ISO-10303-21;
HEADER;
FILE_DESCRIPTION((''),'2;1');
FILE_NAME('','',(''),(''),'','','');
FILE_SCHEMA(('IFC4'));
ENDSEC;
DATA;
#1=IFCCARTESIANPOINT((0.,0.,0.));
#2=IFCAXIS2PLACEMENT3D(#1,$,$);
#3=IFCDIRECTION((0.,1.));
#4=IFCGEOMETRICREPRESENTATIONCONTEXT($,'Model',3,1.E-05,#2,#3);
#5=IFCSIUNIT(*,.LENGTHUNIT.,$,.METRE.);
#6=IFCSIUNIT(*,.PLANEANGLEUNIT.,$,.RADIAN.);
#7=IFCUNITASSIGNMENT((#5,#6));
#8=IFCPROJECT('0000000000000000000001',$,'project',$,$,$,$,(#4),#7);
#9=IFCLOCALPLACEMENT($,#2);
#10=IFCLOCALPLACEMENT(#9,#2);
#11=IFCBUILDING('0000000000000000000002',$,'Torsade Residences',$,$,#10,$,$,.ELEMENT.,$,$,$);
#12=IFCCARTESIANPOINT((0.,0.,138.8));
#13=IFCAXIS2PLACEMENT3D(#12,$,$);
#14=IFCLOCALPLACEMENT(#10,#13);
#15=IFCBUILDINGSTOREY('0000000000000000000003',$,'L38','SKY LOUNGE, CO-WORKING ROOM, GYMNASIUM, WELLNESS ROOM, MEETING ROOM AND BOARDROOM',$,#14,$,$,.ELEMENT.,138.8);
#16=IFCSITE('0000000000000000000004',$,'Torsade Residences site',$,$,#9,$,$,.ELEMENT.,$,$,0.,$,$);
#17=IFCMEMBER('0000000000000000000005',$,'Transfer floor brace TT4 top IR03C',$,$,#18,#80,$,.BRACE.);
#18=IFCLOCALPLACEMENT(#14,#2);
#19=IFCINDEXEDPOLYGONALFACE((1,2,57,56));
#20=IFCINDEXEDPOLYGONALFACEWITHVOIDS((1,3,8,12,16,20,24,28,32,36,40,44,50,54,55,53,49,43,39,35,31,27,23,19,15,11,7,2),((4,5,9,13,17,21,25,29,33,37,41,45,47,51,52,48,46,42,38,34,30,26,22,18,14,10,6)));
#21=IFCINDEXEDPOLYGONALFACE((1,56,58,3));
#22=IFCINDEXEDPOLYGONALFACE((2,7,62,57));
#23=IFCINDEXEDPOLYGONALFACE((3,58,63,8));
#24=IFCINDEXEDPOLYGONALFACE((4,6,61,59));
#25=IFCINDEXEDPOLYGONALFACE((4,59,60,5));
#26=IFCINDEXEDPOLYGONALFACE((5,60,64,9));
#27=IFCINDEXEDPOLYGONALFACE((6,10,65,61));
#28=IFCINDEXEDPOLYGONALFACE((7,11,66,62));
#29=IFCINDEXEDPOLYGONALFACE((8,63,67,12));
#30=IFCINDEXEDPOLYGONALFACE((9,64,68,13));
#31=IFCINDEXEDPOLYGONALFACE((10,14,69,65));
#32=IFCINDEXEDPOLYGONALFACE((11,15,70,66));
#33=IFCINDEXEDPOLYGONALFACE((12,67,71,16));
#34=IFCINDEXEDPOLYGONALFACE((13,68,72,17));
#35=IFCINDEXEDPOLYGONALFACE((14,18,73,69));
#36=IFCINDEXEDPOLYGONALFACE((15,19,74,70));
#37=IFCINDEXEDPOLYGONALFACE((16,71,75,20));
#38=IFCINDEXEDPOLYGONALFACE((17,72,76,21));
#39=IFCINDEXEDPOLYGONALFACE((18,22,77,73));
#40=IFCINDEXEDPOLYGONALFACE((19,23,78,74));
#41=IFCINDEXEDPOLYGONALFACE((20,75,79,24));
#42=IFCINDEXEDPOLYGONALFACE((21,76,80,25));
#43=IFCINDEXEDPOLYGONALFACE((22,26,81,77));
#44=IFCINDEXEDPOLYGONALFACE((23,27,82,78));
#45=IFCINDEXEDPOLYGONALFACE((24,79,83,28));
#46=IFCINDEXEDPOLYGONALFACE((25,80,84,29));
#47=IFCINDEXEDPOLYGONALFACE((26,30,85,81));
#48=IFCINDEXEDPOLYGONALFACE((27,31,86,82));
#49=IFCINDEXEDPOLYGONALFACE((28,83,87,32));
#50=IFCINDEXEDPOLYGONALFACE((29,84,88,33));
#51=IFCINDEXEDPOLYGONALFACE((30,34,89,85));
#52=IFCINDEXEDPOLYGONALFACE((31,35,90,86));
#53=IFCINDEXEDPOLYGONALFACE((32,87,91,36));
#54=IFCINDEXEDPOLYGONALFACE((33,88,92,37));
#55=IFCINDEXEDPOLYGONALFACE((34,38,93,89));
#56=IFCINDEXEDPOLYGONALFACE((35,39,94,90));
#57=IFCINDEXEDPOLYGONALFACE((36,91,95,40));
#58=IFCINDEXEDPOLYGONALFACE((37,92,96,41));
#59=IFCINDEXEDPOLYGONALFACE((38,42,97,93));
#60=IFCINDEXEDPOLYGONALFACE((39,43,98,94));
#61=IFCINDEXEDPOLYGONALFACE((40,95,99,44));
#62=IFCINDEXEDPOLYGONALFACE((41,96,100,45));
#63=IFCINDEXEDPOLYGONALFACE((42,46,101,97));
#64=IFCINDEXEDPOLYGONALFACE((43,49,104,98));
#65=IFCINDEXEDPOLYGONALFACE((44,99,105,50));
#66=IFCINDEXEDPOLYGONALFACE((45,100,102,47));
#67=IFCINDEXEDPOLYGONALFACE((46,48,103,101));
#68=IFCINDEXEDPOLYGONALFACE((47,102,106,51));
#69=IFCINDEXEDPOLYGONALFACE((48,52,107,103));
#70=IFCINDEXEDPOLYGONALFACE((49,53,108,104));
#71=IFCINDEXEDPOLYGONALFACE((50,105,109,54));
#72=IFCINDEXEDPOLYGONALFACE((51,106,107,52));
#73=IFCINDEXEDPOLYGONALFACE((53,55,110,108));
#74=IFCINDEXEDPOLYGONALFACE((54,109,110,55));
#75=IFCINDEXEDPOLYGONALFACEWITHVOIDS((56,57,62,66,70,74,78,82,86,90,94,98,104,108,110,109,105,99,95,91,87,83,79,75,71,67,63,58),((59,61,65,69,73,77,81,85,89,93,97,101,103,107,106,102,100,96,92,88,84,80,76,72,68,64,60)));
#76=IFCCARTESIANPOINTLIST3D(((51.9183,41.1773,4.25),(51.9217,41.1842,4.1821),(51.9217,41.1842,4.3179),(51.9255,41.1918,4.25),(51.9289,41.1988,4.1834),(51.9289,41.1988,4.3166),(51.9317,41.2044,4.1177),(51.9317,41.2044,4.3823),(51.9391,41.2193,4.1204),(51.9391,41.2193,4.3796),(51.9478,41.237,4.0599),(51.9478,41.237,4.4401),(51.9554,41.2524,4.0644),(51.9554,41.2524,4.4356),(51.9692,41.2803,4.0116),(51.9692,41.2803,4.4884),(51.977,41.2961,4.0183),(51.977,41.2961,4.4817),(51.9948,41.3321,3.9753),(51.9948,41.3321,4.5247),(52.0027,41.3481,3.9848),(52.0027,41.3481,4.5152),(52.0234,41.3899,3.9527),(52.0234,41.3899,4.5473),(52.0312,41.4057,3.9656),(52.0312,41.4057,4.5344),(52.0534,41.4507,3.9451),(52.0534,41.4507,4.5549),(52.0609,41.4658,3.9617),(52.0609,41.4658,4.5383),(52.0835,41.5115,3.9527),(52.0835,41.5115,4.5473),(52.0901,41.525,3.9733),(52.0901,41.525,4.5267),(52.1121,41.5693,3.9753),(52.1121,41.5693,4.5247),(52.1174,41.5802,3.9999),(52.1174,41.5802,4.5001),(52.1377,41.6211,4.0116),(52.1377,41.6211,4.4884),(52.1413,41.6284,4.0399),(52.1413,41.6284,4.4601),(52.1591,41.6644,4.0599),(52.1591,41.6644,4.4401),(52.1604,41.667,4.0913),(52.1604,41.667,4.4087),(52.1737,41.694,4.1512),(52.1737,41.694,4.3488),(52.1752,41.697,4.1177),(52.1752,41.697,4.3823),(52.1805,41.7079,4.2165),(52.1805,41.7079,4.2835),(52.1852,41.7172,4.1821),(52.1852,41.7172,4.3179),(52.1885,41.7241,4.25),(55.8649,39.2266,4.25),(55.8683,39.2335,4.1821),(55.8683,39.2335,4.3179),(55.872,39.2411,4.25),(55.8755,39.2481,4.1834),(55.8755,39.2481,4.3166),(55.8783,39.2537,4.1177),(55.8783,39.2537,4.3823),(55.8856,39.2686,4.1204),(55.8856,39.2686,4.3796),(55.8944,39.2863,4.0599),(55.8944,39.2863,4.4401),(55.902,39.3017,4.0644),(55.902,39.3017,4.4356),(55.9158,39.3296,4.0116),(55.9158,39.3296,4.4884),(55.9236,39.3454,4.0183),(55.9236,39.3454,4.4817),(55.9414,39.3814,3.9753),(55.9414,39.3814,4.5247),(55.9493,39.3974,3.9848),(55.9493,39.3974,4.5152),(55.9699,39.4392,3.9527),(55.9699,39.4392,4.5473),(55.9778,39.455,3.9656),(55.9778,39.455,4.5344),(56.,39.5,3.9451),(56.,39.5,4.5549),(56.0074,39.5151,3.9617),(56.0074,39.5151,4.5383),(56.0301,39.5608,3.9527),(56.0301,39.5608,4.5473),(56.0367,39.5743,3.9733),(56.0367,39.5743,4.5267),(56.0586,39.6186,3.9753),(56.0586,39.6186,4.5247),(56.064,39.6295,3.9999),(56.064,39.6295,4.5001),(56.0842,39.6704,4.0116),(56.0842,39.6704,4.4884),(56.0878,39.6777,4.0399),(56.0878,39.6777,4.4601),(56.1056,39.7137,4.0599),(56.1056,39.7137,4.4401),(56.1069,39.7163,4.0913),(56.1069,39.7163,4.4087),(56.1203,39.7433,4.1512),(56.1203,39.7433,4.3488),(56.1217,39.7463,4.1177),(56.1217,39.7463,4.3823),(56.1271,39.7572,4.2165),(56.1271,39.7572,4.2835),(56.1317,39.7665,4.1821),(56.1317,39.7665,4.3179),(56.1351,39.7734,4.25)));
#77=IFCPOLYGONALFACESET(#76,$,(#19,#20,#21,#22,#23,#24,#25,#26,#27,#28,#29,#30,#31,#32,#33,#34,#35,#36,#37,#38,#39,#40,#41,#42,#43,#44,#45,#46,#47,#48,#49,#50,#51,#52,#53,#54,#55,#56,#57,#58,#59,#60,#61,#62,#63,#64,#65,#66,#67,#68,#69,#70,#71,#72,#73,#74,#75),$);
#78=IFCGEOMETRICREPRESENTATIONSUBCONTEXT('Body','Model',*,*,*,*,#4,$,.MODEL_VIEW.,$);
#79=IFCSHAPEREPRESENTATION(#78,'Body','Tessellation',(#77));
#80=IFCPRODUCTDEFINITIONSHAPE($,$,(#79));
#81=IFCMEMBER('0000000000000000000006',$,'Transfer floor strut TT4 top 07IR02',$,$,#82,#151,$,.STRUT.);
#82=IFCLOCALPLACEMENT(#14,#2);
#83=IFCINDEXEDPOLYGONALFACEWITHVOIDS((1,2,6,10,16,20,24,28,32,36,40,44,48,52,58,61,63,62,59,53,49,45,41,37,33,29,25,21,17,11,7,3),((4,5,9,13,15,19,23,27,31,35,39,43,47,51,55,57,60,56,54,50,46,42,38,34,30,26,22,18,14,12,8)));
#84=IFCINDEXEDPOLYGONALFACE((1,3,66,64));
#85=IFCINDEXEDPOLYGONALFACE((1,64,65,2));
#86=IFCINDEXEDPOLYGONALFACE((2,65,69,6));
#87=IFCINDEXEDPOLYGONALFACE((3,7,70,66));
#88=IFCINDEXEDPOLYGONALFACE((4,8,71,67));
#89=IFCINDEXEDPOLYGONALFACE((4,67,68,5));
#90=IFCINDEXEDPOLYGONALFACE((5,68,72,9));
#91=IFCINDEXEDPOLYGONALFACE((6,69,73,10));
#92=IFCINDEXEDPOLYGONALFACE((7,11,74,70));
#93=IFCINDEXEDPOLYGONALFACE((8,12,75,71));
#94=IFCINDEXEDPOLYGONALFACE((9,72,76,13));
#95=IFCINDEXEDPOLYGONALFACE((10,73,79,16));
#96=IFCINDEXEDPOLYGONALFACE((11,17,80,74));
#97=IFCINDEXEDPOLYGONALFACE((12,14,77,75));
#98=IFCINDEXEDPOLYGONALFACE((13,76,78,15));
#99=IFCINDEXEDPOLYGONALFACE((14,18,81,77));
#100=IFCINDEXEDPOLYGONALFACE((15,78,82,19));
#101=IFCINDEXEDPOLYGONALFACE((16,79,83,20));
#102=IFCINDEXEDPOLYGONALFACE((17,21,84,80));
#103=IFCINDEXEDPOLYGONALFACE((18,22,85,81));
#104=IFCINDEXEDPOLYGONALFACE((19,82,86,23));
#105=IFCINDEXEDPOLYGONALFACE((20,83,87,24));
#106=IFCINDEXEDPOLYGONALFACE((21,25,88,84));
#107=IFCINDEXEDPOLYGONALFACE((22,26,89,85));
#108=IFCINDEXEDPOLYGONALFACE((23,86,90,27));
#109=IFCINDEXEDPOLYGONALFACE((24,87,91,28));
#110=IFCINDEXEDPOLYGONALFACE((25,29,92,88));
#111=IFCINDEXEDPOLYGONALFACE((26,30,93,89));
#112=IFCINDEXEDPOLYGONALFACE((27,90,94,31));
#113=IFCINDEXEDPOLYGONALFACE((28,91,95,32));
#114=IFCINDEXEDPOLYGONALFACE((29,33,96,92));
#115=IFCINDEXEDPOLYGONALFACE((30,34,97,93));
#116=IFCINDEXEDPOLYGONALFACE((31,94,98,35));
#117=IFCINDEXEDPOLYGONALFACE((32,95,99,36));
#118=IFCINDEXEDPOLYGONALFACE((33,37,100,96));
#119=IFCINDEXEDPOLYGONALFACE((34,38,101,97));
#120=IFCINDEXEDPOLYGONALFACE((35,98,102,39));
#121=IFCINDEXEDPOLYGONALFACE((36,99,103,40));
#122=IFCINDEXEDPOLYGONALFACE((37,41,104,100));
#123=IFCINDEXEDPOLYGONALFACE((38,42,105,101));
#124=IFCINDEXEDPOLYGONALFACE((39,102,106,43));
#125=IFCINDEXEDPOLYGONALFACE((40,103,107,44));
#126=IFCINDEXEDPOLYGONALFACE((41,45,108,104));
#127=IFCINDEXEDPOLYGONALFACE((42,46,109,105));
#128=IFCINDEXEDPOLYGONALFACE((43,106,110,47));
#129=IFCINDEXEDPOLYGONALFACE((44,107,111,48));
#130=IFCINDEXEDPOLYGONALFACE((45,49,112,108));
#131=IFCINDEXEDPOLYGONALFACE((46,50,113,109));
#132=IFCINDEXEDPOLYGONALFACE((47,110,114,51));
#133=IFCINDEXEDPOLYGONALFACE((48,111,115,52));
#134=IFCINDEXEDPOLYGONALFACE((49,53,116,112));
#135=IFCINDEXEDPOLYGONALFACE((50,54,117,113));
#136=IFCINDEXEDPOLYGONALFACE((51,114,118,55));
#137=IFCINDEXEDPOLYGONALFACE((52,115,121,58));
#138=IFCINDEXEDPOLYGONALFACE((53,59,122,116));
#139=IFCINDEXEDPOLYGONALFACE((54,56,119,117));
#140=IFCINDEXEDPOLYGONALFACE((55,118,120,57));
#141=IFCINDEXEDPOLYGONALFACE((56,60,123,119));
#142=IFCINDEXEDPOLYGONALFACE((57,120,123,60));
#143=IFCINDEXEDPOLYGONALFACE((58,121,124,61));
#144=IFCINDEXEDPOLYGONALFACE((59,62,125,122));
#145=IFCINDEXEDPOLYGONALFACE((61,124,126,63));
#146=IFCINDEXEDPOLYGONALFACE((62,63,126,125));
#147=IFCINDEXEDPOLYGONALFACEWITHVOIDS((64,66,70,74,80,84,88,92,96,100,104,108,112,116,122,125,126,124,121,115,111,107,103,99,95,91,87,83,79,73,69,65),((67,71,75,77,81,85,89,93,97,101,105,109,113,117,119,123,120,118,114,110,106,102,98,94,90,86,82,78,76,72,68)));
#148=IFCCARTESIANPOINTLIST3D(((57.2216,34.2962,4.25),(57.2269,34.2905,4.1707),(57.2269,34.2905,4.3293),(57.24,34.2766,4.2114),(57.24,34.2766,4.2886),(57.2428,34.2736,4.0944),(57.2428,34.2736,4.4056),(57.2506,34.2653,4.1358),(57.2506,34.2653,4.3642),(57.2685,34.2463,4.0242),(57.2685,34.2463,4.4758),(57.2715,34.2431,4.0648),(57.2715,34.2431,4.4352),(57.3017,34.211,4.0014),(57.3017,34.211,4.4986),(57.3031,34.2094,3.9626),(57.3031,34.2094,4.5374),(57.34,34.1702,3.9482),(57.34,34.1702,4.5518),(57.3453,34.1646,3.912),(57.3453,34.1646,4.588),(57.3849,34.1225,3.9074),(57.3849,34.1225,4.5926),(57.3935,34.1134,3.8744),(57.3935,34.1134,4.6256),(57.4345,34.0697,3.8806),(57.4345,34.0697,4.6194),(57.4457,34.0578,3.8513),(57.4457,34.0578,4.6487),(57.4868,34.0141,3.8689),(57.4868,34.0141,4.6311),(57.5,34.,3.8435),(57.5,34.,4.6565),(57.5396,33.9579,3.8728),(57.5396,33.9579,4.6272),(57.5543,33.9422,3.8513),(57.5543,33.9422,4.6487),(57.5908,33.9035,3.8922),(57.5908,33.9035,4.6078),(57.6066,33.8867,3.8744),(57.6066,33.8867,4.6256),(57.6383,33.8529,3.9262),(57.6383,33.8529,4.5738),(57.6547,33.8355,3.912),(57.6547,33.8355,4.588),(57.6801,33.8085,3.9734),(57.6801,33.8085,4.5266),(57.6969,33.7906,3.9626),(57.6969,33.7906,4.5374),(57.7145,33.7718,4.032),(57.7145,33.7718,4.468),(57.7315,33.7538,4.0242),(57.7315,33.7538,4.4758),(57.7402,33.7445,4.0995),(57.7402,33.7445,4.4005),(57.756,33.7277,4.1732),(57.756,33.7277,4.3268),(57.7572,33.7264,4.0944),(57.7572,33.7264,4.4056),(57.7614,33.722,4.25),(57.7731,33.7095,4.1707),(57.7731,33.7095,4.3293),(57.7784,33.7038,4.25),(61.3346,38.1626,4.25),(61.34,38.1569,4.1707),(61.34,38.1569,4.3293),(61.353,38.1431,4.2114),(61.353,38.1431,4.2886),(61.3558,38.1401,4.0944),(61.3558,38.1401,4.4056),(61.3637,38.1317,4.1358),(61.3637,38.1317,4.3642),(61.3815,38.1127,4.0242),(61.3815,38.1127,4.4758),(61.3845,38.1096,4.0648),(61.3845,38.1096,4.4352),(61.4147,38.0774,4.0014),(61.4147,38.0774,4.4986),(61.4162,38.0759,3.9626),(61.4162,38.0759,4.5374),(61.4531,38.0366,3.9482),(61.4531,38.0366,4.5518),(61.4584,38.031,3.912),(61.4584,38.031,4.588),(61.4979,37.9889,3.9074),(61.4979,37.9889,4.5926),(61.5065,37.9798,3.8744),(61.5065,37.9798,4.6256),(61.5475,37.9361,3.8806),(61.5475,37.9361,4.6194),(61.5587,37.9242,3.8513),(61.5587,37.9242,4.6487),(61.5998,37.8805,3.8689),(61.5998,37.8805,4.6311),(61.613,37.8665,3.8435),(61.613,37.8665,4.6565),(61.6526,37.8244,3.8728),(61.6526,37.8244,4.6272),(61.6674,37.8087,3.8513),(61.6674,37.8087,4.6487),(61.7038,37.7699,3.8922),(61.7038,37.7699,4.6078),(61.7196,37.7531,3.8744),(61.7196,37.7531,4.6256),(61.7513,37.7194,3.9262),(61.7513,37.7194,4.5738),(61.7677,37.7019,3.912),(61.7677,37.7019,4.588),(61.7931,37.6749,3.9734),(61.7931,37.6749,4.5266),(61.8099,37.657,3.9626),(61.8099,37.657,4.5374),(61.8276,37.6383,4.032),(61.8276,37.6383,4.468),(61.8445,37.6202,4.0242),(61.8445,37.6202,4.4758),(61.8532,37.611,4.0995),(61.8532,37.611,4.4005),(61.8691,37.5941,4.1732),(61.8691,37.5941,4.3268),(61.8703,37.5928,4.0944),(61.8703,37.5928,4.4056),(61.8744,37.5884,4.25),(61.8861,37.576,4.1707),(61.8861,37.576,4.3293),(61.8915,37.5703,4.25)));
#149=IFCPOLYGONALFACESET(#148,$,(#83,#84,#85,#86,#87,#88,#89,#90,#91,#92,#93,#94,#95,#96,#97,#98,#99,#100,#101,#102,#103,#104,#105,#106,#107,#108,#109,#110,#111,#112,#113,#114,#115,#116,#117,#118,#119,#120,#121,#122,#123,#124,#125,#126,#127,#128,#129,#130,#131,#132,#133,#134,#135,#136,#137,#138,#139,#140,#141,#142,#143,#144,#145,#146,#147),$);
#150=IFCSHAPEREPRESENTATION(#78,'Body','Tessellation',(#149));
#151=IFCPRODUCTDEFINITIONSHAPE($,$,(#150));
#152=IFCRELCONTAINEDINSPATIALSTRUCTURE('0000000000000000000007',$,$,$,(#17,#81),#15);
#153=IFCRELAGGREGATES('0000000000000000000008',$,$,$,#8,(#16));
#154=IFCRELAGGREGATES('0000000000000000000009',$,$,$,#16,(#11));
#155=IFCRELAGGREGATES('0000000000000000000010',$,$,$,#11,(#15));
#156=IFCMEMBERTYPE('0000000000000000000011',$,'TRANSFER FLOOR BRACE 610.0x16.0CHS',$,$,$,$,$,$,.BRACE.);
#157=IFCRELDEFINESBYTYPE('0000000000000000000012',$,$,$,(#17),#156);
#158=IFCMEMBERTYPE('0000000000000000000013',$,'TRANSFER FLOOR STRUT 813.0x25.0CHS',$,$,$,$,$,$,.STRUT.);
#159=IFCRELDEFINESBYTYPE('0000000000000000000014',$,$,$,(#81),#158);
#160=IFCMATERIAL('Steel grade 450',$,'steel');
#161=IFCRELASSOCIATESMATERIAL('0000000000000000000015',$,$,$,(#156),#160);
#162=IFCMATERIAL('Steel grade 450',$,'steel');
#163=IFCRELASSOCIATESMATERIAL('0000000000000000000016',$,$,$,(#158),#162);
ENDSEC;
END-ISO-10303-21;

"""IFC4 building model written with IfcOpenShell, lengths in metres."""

from ifc_helpers import new_model, si_unit, direction, frame, origin, origin_2d, place, context, subcontext, project, spatial, hollow_circle, extrude, material, material_profile, profile_set, type_object, element, save


model = new_model("IFC4")

# Units and contexts
model_context = context("Model", 3, precision=1e-05, world=origin(), true_north=direction((0.0, 1.0)))
body_context = subcontext(model_context, "Body", "Model", "MODEL_VIEW")
ifc_project = project(units=[si_unit("LENGTHUNIT", "METRE"), si_unit("PLANEANGLEUNIT", "RADIAN")], contexts=[model_context])

# Site, building, storey
site_placement = place(None, origin())
site = spatial("IfcSite", under=ifc_project, at=site_placement, Name="Torsade Residences site", CompositionType="ELEMENT", RefElevation=0.0)
building_placement = place(site_placement, origin())
building = spatial("IfcBuilding", under=site, at=building_placement, Name="Torsade Residences", CompositionType="ELEMENT")
storey_placement = place(building_placement, frame((0.0, 0.0, 138.8)))
storey = spatial("IfcBuildingStorey", under=building, at=storey_placement, Name="L38", Description="SKY LOUNGE, CO-WORKING ROOM, GYMNASIUM, WELLNESS ROOM, MEETING ROOM AND BOARDROOM", CompositionType="ELEMENT", Elevation=138.8)

# Members
ifc_material_1 = material(Name="Steel grade 450", Category="steel")
ifc_material_profile_1 = material_profile(ifc_material_1, hollow_circle(Radius=0.3049, WallThickness=0.0161, at=origin_2d()), Name="610.0x16.0CHS")
ifc_profile_set_1 = profile_set([ifc_material_profile_1], Name="Steel grade 450")
member_type_1 = type_object("IfcMemberType", Name="TRANSFER FLOOR BRACE 610.0x16.0CHS", PredefinedType="BRACE", material=ifc_profile_set_1)
member_1_placement = place(storey_placement, frame((56.0, 39.5, 4.25), z_axis=(-0.89647, 0.443105, 0.0), x_axis=(-0.443105, -0.89647, 0.0)))
element("IfcMember", 1, at=member_1_placement, inside=storey, type_object=member_type_1, Name="Transfer floor brace TT4 top IR03C", PredefinedType="BRACE", context=body_context, shape_type="SweptSolid", body=[
    extrude(hollow_circle(Radius=0.3049, WallThickness=0.0161, at=origin_2d()), origin(), (0.0, 0.0, 1.0), 4.4023),
])
ifc_material_2 = material(Name="Steel grade 450", Category="steel")
ifc_material_profile_2 = material_profile(ifc_material_2, hollow_circle(Radius=0.4065, WallThickness=0.0249, at=origin_2d()), Name="813.0x25.0CHS")
ifc_profile_set_2 = profile_set([ifc_material_profile_2], Name="Steel grade 450")
member_type_2 = type_object("IfcMemberType", Name="TRANSFER FLOOR STRUT 813.0x25.0CHS", PredefinedType="STRUT", material=ifc_profile_set_2)
member_2_placement = place(storey_placement, frame((61.613, 37.8665, 4.25), z_axis=(-0.72861, -0.684929, 0.0), x_axis=(0.684929, -0.72861, 0.0)))
element("IfcMember", 2, at=member_2_placement, inside=storey, type_object=member_type_2, Name="Transfer floor strut TT4 top 07IR02", PredefinedType="STRUT", context=body_context, shape_type="SweptSolid", body=[
    extrude(hollow_circle(Radius=0.4065, WallThickness=0.0249, at=origin_2d()), origin(), (0.0, 0.0, 1.0), 5.645),
])

save(model, "model.ifc")
